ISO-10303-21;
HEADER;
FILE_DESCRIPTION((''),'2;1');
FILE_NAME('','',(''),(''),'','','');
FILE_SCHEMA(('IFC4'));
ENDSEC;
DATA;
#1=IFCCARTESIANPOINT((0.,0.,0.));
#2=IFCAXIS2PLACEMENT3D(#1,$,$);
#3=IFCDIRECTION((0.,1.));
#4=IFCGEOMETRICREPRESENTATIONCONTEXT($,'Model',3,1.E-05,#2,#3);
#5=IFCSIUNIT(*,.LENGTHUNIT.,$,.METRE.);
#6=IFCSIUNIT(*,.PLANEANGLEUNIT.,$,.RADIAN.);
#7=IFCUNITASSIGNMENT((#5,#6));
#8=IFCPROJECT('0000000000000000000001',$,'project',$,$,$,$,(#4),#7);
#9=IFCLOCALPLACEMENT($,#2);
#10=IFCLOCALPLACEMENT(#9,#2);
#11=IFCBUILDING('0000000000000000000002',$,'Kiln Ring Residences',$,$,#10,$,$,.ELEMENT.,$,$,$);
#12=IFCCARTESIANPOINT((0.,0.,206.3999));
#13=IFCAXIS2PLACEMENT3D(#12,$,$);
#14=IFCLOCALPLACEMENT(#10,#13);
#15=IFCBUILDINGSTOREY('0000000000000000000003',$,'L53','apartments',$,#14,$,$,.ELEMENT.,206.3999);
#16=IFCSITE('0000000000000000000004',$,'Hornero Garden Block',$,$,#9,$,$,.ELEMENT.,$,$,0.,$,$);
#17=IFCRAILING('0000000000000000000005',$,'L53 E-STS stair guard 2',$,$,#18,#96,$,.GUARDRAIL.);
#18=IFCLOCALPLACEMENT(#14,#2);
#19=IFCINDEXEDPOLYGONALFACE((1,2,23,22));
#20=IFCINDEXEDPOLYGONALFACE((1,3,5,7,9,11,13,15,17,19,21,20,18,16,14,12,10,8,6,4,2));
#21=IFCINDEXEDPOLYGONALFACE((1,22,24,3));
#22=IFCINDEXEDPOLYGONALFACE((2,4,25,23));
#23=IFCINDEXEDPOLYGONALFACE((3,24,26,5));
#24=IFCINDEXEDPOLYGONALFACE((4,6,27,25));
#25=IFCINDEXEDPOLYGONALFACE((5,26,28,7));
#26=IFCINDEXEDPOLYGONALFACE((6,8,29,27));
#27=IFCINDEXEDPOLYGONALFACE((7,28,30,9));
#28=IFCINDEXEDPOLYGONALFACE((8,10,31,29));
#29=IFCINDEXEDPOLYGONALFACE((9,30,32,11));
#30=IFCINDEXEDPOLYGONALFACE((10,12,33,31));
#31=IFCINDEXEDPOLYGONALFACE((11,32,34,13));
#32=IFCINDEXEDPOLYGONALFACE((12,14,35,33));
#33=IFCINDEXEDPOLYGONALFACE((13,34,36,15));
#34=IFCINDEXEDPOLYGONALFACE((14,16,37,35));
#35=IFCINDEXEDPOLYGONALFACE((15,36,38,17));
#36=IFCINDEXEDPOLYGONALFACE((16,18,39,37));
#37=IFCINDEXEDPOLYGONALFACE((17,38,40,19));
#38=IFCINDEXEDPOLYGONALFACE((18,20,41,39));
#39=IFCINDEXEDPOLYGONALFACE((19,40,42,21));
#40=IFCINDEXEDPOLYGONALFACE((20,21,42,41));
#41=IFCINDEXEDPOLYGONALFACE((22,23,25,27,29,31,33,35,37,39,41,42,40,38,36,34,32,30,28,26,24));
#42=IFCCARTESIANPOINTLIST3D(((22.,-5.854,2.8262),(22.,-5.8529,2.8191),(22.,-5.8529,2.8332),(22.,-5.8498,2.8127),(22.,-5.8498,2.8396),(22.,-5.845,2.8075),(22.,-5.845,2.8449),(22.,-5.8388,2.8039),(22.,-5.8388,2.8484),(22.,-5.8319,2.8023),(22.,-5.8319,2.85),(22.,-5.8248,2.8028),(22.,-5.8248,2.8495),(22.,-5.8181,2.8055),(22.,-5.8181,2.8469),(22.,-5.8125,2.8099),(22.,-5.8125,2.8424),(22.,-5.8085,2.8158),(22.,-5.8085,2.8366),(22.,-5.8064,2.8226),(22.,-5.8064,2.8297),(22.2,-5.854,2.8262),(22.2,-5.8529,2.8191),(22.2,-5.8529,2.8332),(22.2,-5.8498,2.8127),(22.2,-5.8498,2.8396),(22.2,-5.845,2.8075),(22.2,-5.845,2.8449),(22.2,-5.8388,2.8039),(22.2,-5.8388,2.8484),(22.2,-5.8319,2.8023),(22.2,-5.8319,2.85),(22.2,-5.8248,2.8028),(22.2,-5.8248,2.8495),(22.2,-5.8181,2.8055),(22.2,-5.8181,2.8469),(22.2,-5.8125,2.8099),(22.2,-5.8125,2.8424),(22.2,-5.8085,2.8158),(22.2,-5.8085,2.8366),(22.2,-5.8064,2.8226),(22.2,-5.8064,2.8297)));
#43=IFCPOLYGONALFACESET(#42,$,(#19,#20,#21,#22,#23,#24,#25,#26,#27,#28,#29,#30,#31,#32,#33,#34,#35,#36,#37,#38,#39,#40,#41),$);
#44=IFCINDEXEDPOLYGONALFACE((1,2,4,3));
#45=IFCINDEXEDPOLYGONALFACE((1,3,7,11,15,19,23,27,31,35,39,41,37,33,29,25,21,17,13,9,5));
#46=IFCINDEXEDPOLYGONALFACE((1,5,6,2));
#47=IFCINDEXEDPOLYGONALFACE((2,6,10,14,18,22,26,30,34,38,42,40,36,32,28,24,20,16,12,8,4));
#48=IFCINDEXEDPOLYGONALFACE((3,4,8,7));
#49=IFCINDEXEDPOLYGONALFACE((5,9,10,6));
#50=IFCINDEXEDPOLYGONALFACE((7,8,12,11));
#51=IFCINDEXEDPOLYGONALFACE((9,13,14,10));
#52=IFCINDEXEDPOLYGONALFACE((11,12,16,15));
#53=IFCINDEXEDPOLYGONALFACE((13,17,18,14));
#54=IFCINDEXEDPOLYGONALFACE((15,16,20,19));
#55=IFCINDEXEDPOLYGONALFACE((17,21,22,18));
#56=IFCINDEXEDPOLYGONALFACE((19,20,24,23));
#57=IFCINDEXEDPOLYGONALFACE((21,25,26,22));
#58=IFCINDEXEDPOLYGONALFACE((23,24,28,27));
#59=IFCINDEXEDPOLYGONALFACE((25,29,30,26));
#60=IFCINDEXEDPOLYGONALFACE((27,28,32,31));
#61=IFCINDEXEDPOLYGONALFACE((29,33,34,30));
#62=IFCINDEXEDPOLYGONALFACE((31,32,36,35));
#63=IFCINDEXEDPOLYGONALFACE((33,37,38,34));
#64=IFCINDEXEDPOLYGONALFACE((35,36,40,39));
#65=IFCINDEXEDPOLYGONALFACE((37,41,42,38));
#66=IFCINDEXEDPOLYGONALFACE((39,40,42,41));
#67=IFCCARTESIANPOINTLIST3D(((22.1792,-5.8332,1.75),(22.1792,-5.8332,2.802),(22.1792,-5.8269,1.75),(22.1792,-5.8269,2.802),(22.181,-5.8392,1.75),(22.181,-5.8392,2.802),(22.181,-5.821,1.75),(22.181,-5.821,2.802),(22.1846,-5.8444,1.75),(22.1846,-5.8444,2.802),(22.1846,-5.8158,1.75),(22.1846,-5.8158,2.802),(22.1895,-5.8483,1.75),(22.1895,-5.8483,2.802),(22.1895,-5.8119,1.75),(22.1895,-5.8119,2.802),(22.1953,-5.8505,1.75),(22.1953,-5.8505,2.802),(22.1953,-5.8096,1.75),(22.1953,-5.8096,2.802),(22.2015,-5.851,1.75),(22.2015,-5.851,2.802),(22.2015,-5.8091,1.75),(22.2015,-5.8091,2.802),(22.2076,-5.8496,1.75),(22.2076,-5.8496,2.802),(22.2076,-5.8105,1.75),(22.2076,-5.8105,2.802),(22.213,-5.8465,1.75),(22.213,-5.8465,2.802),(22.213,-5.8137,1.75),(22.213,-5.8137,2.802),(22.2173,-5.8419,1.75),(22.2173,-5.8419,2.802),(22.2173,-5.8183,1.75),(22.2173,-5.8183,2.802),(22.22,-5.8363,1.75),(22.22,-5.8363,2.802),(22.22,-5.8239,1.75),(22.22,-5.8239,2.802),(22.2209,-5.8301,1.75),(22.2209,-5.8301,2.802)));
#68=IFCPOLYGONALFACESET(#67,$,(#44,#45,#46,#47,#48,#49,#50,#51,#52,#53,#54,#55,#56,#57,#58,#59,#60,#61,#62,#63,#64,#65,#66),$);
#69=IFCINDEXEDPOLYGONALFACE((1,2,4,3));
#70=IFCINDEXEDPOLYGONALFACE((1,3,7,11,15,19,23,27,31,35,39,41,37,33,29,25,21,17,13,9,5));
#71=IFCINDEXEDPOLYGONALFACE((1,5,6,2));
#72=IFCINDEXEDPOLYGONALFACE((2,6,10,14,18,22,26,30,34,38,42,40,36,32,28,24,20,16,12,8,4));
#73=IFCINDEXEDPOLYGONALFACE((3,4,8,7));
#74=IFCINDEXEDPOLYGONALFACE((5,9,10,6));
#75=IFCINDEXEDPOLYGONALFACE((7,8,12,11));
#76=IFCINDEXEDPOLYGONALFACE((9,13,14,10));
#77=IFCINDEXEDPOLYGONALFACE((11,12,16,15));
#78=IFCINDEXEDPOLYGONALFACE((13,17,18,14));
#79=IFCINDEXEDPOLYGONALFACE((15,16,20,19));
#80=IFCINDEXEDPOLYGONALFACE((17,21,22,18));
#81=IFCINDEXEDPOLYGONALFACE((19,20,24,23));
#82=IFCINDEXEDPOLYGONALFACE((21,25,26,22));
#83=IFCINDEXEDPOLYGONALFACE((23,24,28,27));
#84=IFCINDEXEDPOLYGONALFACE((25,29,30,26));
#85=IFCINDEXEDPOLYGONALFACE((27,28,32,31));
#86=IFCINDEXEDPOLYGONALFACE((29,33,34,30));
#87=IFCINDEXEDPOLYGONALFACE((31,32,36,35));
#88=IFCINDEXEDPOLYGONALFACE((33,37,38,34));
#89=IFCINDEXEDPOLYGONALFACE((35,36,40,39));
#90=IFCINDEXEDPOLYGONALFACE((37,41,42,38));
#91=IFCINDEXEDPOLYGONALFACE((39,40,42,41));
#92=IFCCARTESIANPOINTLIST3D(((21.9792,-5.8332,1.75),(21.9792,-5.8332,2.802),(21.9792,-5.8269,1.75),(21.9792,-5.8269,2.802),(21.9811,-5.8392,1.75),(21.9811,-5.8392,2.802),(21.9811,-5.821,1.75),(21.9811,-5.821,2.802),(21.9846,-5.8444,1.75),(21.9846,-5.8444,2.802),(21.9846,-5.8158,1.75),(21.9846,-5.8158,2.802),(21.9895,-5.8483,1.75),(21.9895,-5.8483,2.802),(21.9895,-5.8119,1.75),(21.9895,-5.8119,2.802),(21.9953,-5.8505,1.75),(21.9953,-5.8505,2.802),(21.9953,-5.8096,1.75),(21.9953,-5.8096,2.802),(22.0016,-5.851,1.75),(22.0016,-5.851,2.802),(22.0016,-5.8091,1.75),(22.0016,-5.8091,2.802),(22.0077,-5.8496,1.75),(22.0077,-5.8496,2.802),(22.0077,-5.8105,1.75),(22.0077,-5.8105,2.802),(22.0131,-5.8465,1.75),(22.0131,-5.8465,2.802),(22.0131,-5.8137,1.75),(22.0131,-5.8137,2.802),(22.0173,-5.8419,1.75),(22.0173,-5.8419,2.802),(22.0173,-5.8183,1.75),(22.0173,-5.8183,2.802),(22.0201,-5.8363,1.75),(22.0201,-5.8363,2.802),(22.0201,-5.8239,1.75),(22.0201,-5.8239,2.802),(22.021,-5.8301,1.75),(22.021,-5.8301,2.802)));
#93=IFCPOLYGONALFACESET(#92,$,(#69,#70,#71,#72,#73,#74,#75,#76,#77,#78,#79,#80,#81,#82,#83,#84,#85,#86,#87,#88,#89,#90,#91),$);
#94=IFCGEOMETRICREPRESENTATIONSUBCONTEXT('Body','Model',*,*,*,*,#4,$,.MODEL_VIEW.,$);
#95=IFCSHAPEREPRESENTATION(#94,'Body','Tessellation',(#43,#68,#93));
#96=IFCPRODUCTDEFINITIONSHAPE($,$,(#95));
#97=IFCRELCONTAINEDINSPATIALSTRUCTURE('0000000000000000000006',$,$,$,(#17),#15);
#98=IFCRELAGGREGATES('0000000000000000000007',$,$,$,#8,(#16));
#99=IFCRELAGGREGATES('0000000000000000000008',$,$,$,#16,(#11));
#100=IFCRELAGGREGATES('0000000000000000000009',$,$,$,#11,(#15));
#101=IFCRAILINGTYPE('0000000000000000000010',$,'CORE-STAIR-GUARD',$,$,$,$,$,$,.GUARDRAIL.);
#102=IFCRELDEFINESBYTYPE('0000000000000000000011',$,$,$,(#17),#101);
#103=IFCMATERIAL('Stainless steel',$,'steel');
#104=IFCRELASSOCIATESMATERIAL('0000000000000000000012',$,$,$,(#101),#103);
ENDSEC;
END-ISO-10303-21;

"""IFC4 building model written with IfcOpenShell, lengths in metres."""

from ifc_helpers import new_model, si_unit, direction, frame, origin, origin_2d, place, context, subcontext, project, spatial, circle, extrude, material, type_object, element, save


model = new_model("IFC4")

# Units and contexts
model_context = context("Model", 3, precision=1e-05, world=origin(), true_north=direction((0.0, 1.0)))
body_context = subcontext(model_context, "Body", "Model", "MODEL_VIEW")
ifc_project = project(units=[si_unit("LENGTHUNIT", "METRE"), si_unit("PLANEANGLEUNIT", "RADIAN")], contexts=[model_context])

# Site, building, storey
site_placement = place(None, origin())
site = spatial("IfcSite", under=ifc_project, at=site_placement, Name="Hornero Garden Block", CompositionType="ELEMENT", RefElevation=0.0)
building_placement = place(site_placement, origin())
building = spatial("IfcBuilding", under=site, at=building_placement, Name="Kiln Ring Residences", CompositionType="ELEMENT")
storey_placement = place(building_placement, frame((0.0, 0.0, 206.3999)))
storey = spatial("IfcBuildingStorey", under=building, at=storey_placement, Name="L53", Description="apartments", CompositionType="ELEMENT", Elevation=206.3999)

# Railing
ifc_material_1 = material(Name="Stainless steel", Category="steel")
railing_type_1 = type_object("IfcRailingType", Name="CORE-STAIR-GUARD", PredefinedType="GUARDRAIL", material=ifc_material_1)
railing_1_placement = place(storey_placement, frame((22.2, -5.8301, 1.75)))
element("IfcRailing", 1, at=railing_1_placement, inside=storey, type_object=railing_type_1, Name="L53 E-STS stair guard 2", PredefinedType="GUARDRAIL", context=body_context, shape_type="SweptSolid", body=[
    extrude(circle(Radius=0.0239, at=origin_2d()), frame((0.0, 0.0, 1.0762), z_axis=(-1.0, 0.0, 0.0), x_axis=(0.0, -1.0, 0.0)), (0.0, 0.0, 1.0), 0.2),
    extrude(circle(Radius=0.021, at=origin_2d()), origin(), (0.0, 0.0, 1.0), 1.052),
    extrude(circle(Radius=0.021, at=origin_2d()), frame((-0.2, 0.0, 0.0)), (0.0, 0.0, 1.0), 1.052),
])

save(model, "model.ifc")
